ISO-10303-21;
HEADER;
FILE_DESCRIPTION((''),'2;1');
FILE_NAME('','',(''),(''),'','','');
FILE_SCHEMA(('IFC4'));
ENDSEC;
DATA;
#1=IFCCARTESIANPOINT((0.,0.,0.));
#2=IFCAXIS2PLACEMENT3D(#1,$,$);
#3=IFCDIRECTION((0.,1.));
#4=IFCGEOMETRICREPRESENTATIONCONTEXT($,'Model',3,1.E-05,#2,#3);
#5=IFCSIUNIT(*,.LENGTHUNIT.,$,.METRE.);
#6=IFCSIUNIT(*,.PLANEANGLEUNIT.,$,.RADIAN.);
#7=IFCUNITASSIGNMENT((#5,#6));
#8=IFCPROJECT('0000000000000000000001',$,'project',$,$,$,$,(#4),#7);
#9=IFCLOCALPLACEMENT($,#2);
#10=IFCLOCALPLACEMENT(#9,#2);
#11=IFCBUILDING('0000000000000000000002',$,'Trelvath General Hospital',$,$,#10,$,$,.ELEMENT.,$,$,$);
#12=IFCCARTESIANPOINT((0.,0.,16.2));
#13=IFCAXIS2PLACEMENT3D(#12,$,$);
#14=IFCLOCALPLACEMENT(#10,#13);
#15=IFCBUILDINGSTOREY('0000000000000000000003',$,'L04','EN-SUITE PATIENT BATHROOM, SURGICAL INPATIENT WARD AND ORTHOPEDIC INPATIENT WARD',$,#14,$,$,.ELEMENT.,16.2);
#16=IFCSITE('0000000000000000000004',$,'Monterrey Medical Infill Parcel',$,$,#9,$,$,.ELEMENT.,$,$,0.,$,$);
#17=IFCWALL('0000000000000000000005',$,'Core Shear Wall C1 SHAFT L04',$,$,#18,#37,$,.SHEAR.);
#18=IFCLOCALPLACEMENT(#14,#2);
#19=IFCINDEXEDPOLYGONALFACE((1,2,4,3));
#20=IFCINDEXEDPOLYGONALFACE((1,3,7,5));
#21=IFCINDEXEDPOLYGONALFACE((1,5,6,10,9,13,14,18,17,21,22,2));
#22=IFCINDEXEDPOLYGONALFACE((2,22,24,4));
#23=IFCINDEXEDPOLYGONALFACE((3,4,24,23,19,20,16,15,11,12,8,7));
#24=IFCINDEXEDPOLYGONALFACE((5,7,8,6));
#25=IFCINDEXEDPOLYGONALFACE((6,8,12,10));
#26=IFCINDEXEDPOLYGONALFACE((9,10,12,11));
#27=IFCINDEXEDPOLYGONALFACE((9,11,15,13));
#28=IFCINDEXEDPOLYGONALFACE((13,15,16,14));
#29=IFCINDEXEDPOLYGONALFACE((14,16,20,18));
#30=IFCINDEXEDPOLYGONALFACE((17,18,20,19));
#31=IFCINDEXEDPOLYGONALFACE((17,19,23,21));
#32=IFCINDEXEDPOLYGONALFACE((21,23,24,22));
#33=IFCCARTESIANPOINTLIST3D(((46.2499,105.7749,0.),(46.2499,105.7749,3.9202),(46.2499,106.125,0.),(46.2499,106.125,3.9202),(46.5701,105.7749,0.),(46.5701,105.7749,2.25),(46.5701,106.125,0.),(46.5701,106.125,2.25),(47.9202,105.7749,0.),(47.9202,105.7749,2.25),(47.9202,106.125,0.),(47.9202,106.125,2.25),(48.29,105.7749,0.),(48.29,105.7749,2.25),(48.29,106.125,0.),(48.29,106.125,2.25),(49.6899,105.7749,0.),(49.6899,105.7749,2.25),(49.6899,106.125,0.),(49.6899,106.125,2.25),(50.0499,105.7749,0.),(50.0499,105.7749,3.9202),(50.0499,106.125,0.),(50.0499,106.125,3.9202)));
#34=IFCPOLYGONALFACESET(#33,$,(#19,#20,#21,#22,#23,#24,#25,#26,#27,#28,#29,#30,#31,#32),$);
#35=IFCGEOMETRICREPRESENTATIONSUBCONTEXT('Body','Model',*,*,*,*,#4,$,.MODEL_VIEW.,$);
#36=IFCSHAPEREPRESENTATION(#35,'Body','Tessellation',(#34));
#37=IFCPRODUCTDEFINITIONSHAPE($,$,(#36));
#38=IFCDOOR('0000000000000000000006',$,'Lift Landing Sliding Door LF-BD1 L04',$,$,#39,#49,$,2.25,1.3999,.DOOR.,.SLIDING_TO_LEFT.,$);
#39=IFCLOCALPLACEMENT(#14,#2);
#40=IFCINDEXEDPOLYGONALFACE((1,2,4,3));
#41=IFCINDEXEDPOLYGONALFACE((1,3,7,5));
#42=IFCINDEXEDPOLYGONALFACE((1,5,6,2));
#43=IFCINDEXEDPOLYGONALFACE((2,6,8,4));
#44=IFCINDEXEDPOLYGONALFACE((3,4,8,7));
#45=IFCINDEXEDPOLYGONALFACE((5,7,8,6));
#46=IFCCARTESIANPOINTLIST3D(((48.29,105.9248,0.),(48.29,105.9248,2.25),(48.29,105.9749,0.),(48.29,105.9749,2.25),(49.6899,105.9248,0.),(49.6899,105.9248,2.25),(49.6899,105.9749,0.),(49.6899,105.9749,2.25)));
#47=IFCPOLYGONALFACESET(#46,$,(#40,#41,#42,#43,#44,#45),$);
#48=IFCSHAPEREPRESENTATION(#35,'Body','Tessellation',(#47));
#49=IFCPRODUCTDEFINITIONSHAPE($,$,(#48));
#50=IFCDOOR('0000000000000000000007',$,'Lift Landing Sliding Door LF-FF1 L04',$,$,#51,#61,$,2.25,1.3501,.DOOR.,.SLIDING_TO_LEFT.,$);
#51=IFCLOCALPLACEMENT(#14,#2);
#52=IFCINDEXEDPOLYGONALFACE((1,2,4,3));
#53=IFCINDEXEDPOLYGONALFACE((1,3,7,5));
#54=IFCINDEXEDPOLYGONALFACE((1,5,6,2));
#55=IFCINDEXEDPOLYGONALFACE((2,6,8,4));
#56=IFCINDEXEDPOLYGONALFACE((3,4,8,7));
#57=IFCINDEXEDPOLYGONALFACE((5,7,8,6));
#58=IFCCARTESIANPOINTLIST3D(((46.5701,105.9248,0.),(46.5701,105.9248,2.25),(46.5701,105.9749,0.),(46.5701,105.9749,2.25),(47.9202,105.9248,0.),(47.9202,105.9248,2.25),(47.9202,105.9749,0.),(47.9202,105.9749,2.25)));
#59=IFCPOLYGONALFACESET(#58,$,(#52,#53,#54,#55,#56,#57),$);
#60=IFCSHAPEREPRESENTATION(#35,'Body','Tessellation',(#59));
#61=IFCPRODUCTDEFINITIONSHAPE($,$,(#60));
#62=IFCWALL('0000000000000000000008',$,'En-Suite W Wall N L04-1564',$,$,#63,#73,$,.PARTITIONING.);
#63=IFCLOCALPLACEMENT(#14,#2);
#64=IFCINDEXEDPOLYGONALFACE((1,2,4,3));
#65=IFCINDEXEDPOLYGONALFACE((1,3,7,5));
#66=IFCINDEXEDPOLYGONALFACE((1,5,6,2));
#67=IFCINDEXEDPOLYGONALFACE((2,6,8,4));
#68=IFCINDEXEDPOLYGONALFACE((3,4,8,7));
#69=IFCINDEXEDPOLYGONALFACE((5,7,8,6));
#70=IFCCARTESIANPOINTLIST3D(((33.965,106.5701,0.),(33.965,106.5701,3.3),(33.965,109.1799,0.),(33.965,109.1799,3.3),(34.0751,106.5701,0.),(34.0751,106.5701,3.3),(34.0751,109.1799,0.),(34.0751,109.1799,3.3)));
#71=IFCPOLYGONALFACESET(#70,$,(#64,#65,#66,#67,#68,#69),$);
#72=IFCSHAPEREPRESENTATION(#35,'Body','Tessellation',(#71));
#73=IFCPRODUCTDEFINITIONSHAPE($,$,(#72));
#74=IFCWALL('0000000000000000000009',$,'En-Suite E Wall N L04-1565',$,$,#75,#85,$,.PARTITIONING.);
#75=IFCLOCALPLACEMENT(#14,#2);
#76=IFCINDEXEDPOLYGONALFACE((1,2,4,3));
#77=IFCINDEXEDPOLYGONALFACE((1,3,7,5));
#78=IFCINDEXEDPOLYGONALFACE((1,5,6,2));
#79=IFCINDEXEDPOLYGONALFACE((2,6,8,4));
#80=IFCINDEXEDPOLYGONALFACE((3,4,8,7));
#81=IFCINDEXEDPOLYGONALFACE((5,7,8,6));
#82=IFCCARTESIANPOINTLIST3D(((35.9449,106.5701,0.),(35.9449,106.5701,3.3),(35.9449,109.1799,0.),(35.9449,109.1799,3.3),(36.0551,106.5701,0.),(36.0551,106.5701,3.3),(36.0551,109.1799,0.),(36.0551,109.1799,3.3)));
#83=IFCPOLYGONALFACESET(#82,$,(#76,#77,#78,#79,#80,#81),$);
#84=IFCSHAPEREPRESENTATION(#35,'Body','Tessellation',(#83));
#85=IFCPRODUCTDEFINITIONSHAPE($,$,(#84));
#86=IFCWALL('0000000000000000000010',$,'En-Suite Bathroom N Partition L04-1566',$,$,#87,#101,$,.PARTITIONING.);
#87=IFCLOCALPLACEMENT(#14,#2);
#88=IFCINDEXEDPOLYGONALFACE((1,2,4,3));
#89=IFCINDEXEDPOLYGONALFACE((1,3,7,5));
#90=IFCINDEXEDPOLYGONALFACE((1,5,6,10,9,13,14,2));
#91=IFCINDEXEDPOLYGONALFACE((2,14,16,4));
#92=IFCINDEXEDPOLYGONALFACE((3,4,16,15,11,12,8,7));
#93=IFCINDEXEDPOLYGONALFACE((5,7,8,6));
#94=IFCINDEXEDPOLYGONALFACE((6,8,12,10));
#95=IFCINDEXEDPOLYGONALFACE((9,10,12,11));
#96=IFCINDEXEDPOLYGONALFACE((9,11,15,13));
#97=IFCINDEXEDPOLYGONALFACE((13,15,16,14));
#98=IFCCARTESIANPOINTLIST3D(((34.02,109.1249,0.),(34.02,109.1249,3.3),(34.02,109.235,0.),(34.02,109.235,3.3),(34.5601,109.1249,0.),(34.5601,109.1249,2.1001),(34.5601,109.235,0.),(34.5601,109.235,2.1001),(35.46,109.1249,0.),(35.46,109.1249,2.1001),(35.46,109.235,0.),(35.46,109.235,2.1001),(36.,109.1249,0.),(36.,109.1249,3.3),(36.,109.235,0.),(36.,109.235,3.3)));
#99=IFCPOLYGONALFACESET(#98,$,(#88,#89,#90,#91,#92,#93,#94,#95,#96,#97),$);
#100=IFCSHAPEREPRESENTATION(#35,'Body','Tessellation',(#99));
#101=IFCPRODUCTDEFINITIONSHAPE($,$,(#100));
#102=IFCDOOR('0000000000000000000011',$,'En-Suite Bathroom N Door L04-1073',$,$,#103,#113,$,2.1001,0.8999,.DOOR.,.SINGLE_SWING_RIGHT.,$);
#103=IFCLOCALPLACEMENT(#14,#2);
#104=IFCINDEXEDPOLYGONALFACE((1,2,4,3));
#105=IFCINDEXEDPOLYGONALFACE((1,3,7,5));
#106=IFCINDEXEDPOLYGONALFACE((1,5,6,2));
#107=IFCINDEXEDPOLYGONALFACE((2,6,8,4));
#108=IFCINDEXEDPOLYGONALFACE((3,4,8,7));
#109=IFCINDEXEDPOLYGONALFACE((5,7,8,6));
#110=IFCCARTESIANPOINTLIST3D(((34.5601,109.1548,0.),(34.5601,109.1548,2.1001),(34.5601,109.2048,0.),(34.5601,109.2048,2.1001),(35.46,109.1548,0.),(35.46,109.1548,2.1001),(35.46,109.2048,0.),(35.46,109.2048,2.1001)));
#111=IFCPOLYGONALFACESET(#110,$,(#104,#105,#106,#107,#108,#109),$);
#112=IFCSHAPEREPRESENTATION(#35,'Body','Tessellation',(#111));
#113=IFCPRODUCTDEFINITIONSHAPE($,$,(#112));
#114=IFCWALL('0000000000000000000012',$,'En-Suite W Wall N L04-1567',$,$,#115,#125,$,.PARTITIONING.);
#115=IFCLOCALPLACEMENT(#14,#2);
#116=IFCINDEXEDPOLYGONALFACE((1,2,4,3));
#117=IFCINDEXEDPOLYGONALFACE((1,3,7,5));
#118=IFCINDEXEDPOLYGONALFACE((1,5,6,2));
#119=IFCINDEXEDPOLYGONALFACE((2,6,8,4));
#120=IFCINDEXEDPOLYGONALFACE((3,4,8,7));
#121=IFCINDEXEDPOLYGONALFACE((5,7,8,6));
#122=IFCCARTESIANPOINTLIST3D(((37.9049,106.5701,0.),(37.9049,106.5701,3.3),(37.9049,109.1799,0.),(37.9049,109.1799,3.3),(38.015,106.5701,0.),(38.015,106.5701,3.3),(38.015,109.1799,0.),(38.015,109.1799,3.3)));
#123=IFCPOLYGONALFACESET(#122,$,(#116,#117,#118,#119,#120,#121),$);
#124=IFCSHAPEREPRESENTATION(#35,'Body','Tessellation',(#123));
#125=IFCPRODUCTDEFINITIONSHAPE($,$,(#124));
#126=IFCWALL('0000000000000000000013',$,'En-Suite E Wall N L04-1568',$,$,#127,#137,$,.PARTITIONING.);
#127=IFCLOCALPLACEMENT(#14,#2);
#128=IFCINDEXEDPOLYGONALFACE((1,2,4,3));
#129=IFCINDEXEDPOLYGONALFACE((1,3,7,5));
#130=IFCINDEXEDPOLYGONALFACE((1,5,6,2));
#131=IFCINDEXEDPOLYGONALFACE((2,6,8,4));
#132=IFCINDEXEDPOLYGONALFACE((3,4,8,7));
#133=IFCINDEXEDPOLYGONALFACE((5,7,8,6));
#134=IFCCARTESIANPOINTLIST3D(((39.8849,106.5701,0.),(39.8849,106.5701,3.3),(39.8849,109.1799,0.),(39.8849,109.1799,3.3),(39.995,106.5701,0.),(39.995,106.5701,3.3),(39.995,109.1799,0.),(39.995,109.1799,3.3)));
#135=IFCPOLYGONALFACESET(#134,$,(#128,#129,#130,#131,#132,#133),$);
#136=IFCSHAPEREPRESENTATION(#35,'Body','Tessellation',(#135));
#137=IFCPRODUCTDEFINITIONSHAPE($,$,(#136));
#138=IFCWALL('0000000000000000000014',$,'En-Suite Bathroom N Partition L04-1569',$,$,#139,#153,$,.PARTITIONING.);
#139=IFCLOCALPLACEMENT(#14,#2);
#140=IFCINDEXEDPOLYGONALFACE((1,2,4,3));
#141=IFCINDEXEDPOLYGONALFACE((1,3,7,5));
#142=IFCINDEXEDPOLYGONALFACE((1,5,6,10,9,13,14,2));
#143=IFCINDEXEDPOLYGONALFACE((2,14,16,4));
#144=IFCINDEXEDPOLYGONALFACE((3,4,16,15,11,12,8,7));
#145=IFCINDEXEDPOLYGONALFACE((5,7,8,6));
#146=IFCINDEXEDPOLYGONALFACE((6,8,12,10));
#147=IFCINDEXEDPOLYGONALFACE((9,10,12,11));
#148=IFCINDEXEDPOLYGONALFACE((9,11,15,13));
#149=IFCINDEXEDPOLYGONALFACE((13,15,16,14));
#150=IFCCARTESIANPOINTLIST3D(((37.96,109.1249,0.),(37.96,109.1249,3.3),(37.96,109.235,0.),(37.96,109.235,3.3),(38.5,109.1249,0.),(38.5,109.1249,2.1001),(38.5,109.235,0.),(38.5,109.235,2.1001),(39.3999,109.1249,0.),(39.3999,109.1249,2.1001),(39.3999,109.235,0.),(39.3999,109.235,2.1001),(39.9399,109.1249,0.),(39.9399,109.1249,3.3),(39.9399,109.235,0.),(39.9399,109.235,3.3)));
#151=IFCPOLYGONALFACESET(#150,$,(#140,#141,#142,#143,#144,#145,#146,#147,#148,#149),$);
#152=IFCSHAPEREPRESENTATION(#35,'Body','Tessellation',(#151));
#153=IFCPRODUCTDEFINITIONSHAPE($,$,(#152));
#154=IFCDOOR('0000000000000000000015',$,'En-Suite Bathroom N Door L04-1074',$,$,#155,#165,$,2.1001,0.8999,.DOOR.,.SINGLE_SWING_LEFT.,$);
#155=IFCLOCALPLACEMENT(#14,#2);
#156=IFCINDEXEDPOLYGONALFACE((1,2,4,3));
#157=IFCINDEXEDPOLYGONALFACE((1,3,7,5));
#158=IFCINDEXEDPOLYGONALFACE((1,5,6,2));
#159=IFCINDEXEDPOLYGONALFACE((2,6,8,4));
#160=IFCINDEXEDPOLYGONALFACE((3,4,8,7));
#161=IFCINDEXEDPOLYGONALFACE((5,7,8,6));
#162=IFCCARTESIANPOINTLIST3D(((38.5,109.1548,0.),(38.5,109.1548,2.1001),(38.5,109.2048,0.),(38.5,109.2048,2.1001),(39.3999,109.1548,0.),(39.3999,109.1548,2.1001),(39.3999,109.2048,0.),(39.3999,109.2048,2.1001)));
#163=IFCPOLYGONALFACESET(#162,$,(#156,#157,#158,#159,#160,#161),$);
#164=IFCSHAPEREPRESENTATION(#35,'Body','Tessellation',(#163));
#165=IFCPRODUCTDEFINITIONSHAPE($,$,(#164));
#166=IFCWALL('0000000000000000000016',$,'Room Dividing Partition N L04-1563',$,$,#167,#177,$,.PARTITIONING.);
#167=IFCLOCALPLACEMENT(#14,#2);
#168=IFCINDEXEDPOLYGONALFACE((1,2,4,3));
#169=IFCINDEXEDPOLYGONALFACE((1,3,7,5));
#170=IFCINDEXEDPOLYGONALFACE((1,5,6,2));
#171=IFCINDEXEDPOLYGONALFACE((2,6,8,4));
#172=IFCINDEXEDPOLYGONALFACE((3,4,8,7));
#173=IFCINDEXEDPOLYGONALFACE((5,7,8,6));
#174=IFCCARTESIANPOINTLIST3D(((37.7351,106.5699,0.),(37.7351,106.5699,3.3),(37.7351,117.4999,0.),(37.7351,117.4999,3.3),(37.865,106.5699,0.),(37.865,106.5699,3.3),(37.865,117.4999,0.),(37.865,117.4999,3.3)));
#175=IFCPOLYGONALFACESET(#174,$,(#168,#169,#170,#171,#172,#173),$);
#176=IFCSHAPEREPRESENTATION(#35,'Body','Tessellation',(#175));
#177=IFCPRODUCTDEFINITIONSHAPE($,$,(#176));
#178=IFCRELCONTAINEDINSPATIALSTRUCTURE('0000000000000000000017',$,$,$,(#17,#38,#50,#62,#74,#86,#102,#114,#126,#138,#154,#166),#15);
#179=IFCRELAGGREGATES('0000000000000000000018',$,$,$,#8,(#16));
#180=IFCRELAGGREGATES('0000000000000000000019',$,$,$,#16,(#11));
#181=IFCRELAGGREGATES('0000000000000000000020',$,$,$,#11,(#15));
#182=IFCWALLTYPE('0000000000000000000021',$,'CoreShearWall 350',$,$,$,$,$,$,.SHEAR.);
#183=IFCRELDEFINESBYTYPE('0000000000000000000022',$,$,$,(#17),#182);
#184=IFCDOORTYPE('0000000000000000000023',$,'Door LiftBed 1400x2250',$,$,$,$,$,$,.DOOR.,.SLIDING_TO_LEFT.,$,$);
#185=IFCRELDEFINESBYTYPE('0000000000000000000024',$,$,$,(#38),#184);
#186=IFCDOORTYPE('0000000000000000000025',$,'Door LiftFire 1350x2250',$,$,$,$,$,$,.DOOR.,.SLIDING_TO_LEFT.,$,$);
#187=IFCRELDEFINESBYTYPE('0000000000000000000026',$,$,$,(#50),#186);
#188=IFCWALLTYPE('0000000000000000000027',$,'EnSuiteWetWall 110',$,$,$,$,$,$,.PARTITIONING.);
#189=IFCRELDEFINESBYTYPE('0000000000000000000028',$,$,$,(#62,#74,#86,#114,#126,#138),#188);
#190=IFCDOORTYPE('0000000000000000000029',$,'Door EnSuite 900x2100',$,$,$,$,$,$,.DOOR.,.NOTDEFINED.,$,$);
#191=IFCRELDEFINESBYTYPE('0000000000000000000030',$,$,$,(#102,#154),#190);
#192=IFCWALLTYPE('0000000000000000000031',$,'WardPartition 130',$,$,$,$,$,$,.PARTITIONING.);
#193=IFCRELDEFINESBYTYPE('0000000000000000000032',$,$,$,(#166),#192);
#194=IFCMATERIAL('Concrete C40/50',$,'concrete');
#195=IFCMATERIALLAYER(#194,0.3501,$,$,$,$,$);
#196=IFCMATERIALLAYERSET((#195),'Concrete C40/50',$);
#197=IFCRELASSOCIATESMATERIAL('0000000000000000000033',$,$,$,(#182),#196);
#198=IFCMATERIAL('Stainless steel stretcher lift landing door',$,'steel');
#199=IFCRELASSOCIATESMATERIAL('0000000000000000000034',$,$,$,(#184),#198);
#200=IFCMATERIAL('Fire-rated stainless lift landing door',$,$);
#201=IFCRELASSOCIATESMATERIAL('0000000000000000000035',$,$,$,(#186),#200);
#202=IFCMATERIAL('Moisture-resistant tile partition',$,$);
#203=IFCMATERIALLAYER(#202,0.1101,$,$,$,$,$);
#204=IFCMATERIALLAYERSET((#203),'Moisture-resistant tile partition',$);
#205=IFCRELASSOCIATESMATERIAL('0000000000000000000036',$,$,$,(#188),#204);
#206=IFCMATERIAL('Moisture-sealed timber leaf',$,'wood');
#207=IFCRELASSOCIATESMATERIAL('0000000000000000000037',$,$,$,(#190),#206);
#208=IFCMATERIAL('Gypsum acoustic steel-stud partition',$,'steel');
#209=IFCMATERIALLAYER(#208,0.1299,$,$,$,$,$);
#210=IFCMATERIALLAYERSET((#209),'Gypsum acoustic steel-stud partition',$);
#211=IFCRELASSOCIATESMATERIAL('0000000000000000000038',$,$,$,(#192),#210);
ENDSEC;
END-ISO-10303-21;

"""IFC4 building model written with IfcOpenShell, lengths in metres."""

from ifc_helpers import new_model, si_unit, direction, frame, frame_2d, origin, place, context, subcontext, project, spatial, rectangle, extrude, material, layer, layer_set, type_object, element, fill, save


model = new_model("IFC4")

# Units and contexts
model_context = context("Model", 3, precision=1e-05, world=origin(), true_north=direction((0.0, 1.0)))
body_context = subcontext(model_context, "Body", "Model", "MODEL_VIEW")
ifc_project = project(units=[si_unit("LENGTHUNIT", "METRE"), si_unit("PLANEANGLEUNIT", "RADIAN")], contexts=[model_context])

# Site, building, storey
site_placement = place(None, origin())
site = spatial("IfcSite", under=ifc_project, at=site_placement, Name="Monterrey Medical Infill Parcel", CompositionType="ELEMENT", RefElevation=0.0)
building_placement = place(site_placement, origin())
building = spatial("IfcBuilding", under=site, at=building_placement, Name="Trelvath General Hospital", CompositionType="ELEMENT")
storey_placement = place(building_placement, frame((0.0, 0.0, 16.2)))
storey = spatial("IfcBuildingStorey", under=building, at=storey_placement, Name="L04", Description="EN-SUITE PATIENT BATHROOM, SURGICAL INPATIENT WARD AND ORTHOPEDIC INPATIENT WARD", CompositionType="ELEMENT", Elevation=16.2)

# Shared definitions
ifc_material_1 = material(Name="Concrete C40/50", Category="concrete")
ifc_layer_1 = layer(ifc_material_1, 0.3501)
ifc_layer_set_1 = layer_set([ifc_layer_1], Name="Concrete C40/50")
wall_type_1 = type_object("IfcWallType", Name="CoreShearWall 350", PredefinedType="SHEAR", material=ifc_layer_set_1)

# Wall, openings, doors
wall_1_placement = place(storey_placement, frame((46.25, 105.95, 0.0), z_axis=(0.0, 0.0, 1.0), x_axis=(1.0, 0.0, 0.0)))
wall_1 = element("IfcWall", 1, at=wall_1_placement, inside=storey, type_object=wall_type_1, Name="Core Shear Wall C1 SHAFT L04", PredefinedType="SHEAR", context=body_context, shape_type="SweptSolid", body=[
    extrude(rectangle(XDim=3.8, YDim=0.3501, at=frame_2d((1.8999, 0.0))), origin(), (0.0, 0.0, 1.0), 3.9202),
])
opening_1_placement = place(wall_1_placement, frame((0.3201, 0.0, 0.0)))
opening_1 = element("IfcOpeningElement", 2, at=opening_1_placement, cuts=wall_1, PredefinedType="OPENING", context=body_context, shape_type="SweptSolid", body=[
    extrude(rectangle(XDim=1.3501, YDim=2.25, at=frame_2d((0.675, 1.125))), frame((0.0, 0.1851, 0.0), z_axis=(0.0, -1.0, 0.0), x_axis=(1.0, 0.0, 0.0)), (0.0, 0.0, 1.0), 0.3701),
])
opening_2_placement = place(wall_1_placement, frame((2.04, 0.0, 0.0)))
opening_2 = element("IfcOpeningElement", 3, at=opening_2_placement, cuts=wall_1, PredefinedType="OPENING", context=body_context, shape_type="SweptSolid", body=[
    extrude(rectangle(XDim=1.3999, YDim=2.25, at=frame_2d((0.7, 1.125))), frame((0.0, 0.1851, 0.0), z_axis=(0.0, -1.0, 0.0), x_axis=(1.0, 0.0, 0.0)), (0.0, 0.0, 1.0), 0.3701),
])
ifc_material_2 = material(Name="Stainless steel stretcher lift landing door", Category="steel")
door_type_1 = type_object("IfcDoorType", Name="Door LiftBed 1400x2250", OperationType="SLIDING_TO_LEFT", PredefinedType="DOOR", material=ifc_material_2)
door_1_placement = place(opening_2_placement, origin())
door_1 = element("IfcDoor", 4, at=door_1_placement, inside=storey, type_object=door_type_1, Name="Lift Landing Sliding Door LF-BD1 L04", OperationType="SLIDING_TO_LEFT", OverallHeight=2.25, OverallWidth=1.3999, PredefinedType="DOOR", context=body_context, shape_type="SweptSolid", body=[
    extrude(rectangle(XDim=1.3999, YDim=2.25, at=frame_2d((0.7, 1.125))), frame((0.0, 0.0249, 0.0), z_axis=(0.0, -1.0, 0.0), x_axis=(1.0, 0.0, 0.0)), (0.0, 0.0, 1.0), 0.05),
])
fill(opening_2, door_1)
ifc_material_3 = material(Name="Fire-rated stainless lift landing door")
door_type_2 = type_object("IfcDoorType", Name="Door LiftFire 1350x2250", OperationType="SLIDING_TO_LEFT", PredefinedType="DOOR", material=ifc_material_3)
door_2_placement = place(opening_1_placement, origin())
door_2 = element("IfcDoor", 5, at=door_2_placement, inside=storey, type_object=door_type_2, Name="Lift Landing Sliding Door LF-FF1 L04", OperationType="SLIDING_TO_LEFT", OverallHeight=2.25, OverallWidth=1.3501, PredefinedType="DOOR", context=body_context, shape_type="SweptSolid", body=[
    extrude(rectangle(XDim=1.3501, YDim=2.25, at=frame_2d((0.675, 1.125))), frame((0.0, 0.0249, 0.0), z_axis=(0.0, -1.0, 0.0), x_axis=(1.0, 0.0, 0.0)), (0.0, 0.0, 1.0), 0.05),
])
fill(opening_1, door_2)

# Walls
ifc_material_4 = material(Name="Moisture-resistant tile partition")
ifc_layer_2 = layer(ifc_material_4, 0.1101)
ifc_layer_set_2 = layer_set([ifc_layer_2], Name="Moisture-resistant tile partition")
wall_type_2 = type_object("IfcWallType", Name="EnSuiteWetWall 110", PredefinedType="PARTITIONING", material=ifc_layer_set_2)
for number, where, z_axis, x_axis, name in (
    (6, (34.02, 106.5701, 0.0), (0.0, 0.0, 1.0), (0.0, 1.0, 0.0), "En-Suite W Wall N L04-1564"),
    (7, (36.0, 106.5701, 0.0), (0.0, 0.0, 1.0), (0.0, 1.0, 0.0), "En-Suite E Wall N L04-1565"),
):
    element("IfcWall", number, at=place(storey_placement, frame(where, z_axis=z_axis, x_axis=x_axis)), inside=storey, type_object=wall_type_2, Name=name, PredefinedType="PARTITIONING", context=body_context, shape_type="SweptSolid", body=[
        extrude(rectangle(XDim=2.6099, YDim=0.1101, at=frame_2d((1.3049, 0.0))), origin(), (0.0, 0.0, 1.0), 3.3),
    ])

# Wall, opening, door
wall_2_placement = place(storey_placement, frame((34.02, 109.1799, 0.0), z_axis=(0.0, 0.0, 1.0), x_axis=(1.0, 0.0, 0.0)))
wall_2 = element("IfcWall", 8, at=wall_2_placement, inside=storey, type_object=wall_type_2, Name="En-Suite Bathroom N Partition L04-1566", PredefinedType="PARTITIONING", context=body_context, shape_type="SweptSolid", body=[
    extrude(rectangle(XDim=1.98, YDim=0.1101, at=frame_2d((0.99, 0.0))), origin(), (0.0, 0.0, 1.0), 3.3),
])
opening_3_placement = place(wall_2_placement, frame((0.54, 0.0, 0.0)))
opening_3 = element("IfcOpeningElement", 9, at=opening_3_placement, cuts=wall_2, PredefinedType="OPENING", context=body_context, shape_type="SweptSolid", body=[
    extrude(rectangle(XDim=0.8999, YDim=2.1001, at=frame_2d((0.45, 1.05))), frame((0.0, 0.0649, 0.0), z_axis=(0.0, -1.0, 0.0), x_axis=(1.0, 0.0, 0.0)), (0.0, 0.0, 1.0), 0.1301),
])
ifc_material_5 = material(Name="Moisture-sealed timber leaf", Category="wood")
door_type_3 = type_object("IfcDoorType", Name="Door EnSuite 900x2100", OperationType="NOTDEFINED", PredefinedType="DOOR", material=ifc_material_5)
door_3_placement = place(opening_3_placement, origin())
door_3 = element("IfcDoor", 10, at=door_3_placement, inside=storey, type_object=door_type_3, Name="En-Suite Bathroom N Door L04-1073", OperationType="SINGLE_SWING_RIGHT", OverallHeight=2.1001, OverallWidth=0.8999, PredefinedType="DOOR", context=body_context, shape_type="SweptSolid", body=[
    extrude(rectangle(XDim=0.8999, YDim=2.1001, at=frame_2d((0.45, 1.05))), frame((0.0, 0.0249, 0.0), z_axis=(0.0, -1.0, 0.0), x_axis=(1.0, 0.0, 0.0)), (0.0, 0.0, 1.0), 0.05),
])
fill(opening_3, door_3)

# Walls
for number, where, z_axis, x_axis, name in (
    (11, (37.96, 106.5701, 0.0), (0.0, 0.0, 1.0), (0.0, 1.0, 0.0), "En-Suite W Wall N L04-1567"),
    (12, (39.9399, 106.5701, 0.0), (0.0, 0.0, 1.0), (0.0, 1.0, 0.0), "En-Suite E Wall N L04-1568"),
):
    element("IfcWall", number, at=place(storey_placement, frame(where, z_axis=z_axis, x_axis=x_axis)), inside=storey, type_object=wall_type_2, Name=name, PredefinedType="PARTITIONING", context=body_context, shape_type="SweptSolid", body=[
        extrude(rectangle(XDim=2.6099, YDim=0.1101, at=frame_2d((1.3049, 0.0))), origin(), (0.0, 0.0, 1.0), 3.3),
    ])

# Wall, opening, door
wall_3_placement = place(storey_placement, frame((37.96, 109.1799, 0.0), z_axis=(0.0, 0.0, 1.0), x_axis=(1.0, 0.0, 0.0)))
wall_3 = element("IfcWall", 13, at=wall_3_placement, inside=storey, type_object=wall_type_2, Name="En-Suite Bathroom N Partition L04-1569", PredefinedType="PARTITIONING", context=body_context, shape_type="SweptSolid", body=[
    extrude(rectangle(XDim=1.98, YDim=0.1101, at=frame_2d((0.99, 0.0))), origin(), (0.0, 0.0, 1.0), 3.3),
])
opening_4_placement = place(wall_3_placement, frame((0.54, 0.0, 0.0)))
opening_4 = element("IfcOpeningElement", 14, at=opening_4_placement, cuts=wall_3, PredefinedType="OPENING", context=body_context, shape_type="SweptSolid", body=[
    extrude(rectangle(XDim=0.8999, YDim=2.1001, at=frame_2d((0.45, 1.05))), frame((0.0, 0.0649, 0.0), z_axis=(0.0, -1.0, 0.0), x_axis=(1.0, 0.0, 0.0)), (0.0, 0.0, 1.0), 0.1301),
])
door_4_placement = place(opening_4_placement, origin())
door_4 = element("IfcDoor", 15, at=door_4_placement, inside=storey, type_object=door_type_3, Name="En-Suite Bathroom N Door L04-1074", OperationType="SINGLE_SWING_LEFT", OverallHeight=2.1001, OverallWidth=0.8999, PredefinedType="DOOR", context=body_context, shape_type="SweptSolid", body=[
    extrude(rectangle(XDim=0.8999, YDim=2.1001, at=frame_2d((0.45, 1.05))), frame((0.0, 0.0249, 0.0), z_axis=(0.0, -1.0, 0.0), x_axis=(1.0, 0.0, 0.0)), (0.0, 0.0, 1.0), 0.05),
])
fill(opening_4, door_4)

# Wall
ifc_material_6 = material(Name="Gypsum acoustic steel-stud partition", Category="steel")
ifc_layer_3 = layer(ifc_material_6, 0.1299)
ifc_layer_set_3 = layer_set([ifc_layer_3], Name="Gypsum acoustic steel-stud partition")
wall_type_3 = type_object("IfcWallType", Name="WardPartition 130", PredefinedType="PARTITIONING", material=ifc_layer_set_3)
wall_4_placement = place(storey_placement, frame((37.8, 106.5701, 0.0), z_axis=(0.0, 0.0, 1.0), x_axis=(0.0, 1.0, 0.0)))
element("IfcWall", 16, at=wall_4_placement, inside=storey, type_object=wall_type_3, Name="Room Dividing Partition N L04-1563", PredefinedType="PARTITIONING", context=body_context, shape_type="SweptSolid", body=[
    extrude(rectangle(XDim=10.9299, YDim=0.1299, at=frame_2d((5.4648, 0.0))), origin(), (0.0, 0.0, 1.0), 3.3),
])

save(model, "model.ifc")
